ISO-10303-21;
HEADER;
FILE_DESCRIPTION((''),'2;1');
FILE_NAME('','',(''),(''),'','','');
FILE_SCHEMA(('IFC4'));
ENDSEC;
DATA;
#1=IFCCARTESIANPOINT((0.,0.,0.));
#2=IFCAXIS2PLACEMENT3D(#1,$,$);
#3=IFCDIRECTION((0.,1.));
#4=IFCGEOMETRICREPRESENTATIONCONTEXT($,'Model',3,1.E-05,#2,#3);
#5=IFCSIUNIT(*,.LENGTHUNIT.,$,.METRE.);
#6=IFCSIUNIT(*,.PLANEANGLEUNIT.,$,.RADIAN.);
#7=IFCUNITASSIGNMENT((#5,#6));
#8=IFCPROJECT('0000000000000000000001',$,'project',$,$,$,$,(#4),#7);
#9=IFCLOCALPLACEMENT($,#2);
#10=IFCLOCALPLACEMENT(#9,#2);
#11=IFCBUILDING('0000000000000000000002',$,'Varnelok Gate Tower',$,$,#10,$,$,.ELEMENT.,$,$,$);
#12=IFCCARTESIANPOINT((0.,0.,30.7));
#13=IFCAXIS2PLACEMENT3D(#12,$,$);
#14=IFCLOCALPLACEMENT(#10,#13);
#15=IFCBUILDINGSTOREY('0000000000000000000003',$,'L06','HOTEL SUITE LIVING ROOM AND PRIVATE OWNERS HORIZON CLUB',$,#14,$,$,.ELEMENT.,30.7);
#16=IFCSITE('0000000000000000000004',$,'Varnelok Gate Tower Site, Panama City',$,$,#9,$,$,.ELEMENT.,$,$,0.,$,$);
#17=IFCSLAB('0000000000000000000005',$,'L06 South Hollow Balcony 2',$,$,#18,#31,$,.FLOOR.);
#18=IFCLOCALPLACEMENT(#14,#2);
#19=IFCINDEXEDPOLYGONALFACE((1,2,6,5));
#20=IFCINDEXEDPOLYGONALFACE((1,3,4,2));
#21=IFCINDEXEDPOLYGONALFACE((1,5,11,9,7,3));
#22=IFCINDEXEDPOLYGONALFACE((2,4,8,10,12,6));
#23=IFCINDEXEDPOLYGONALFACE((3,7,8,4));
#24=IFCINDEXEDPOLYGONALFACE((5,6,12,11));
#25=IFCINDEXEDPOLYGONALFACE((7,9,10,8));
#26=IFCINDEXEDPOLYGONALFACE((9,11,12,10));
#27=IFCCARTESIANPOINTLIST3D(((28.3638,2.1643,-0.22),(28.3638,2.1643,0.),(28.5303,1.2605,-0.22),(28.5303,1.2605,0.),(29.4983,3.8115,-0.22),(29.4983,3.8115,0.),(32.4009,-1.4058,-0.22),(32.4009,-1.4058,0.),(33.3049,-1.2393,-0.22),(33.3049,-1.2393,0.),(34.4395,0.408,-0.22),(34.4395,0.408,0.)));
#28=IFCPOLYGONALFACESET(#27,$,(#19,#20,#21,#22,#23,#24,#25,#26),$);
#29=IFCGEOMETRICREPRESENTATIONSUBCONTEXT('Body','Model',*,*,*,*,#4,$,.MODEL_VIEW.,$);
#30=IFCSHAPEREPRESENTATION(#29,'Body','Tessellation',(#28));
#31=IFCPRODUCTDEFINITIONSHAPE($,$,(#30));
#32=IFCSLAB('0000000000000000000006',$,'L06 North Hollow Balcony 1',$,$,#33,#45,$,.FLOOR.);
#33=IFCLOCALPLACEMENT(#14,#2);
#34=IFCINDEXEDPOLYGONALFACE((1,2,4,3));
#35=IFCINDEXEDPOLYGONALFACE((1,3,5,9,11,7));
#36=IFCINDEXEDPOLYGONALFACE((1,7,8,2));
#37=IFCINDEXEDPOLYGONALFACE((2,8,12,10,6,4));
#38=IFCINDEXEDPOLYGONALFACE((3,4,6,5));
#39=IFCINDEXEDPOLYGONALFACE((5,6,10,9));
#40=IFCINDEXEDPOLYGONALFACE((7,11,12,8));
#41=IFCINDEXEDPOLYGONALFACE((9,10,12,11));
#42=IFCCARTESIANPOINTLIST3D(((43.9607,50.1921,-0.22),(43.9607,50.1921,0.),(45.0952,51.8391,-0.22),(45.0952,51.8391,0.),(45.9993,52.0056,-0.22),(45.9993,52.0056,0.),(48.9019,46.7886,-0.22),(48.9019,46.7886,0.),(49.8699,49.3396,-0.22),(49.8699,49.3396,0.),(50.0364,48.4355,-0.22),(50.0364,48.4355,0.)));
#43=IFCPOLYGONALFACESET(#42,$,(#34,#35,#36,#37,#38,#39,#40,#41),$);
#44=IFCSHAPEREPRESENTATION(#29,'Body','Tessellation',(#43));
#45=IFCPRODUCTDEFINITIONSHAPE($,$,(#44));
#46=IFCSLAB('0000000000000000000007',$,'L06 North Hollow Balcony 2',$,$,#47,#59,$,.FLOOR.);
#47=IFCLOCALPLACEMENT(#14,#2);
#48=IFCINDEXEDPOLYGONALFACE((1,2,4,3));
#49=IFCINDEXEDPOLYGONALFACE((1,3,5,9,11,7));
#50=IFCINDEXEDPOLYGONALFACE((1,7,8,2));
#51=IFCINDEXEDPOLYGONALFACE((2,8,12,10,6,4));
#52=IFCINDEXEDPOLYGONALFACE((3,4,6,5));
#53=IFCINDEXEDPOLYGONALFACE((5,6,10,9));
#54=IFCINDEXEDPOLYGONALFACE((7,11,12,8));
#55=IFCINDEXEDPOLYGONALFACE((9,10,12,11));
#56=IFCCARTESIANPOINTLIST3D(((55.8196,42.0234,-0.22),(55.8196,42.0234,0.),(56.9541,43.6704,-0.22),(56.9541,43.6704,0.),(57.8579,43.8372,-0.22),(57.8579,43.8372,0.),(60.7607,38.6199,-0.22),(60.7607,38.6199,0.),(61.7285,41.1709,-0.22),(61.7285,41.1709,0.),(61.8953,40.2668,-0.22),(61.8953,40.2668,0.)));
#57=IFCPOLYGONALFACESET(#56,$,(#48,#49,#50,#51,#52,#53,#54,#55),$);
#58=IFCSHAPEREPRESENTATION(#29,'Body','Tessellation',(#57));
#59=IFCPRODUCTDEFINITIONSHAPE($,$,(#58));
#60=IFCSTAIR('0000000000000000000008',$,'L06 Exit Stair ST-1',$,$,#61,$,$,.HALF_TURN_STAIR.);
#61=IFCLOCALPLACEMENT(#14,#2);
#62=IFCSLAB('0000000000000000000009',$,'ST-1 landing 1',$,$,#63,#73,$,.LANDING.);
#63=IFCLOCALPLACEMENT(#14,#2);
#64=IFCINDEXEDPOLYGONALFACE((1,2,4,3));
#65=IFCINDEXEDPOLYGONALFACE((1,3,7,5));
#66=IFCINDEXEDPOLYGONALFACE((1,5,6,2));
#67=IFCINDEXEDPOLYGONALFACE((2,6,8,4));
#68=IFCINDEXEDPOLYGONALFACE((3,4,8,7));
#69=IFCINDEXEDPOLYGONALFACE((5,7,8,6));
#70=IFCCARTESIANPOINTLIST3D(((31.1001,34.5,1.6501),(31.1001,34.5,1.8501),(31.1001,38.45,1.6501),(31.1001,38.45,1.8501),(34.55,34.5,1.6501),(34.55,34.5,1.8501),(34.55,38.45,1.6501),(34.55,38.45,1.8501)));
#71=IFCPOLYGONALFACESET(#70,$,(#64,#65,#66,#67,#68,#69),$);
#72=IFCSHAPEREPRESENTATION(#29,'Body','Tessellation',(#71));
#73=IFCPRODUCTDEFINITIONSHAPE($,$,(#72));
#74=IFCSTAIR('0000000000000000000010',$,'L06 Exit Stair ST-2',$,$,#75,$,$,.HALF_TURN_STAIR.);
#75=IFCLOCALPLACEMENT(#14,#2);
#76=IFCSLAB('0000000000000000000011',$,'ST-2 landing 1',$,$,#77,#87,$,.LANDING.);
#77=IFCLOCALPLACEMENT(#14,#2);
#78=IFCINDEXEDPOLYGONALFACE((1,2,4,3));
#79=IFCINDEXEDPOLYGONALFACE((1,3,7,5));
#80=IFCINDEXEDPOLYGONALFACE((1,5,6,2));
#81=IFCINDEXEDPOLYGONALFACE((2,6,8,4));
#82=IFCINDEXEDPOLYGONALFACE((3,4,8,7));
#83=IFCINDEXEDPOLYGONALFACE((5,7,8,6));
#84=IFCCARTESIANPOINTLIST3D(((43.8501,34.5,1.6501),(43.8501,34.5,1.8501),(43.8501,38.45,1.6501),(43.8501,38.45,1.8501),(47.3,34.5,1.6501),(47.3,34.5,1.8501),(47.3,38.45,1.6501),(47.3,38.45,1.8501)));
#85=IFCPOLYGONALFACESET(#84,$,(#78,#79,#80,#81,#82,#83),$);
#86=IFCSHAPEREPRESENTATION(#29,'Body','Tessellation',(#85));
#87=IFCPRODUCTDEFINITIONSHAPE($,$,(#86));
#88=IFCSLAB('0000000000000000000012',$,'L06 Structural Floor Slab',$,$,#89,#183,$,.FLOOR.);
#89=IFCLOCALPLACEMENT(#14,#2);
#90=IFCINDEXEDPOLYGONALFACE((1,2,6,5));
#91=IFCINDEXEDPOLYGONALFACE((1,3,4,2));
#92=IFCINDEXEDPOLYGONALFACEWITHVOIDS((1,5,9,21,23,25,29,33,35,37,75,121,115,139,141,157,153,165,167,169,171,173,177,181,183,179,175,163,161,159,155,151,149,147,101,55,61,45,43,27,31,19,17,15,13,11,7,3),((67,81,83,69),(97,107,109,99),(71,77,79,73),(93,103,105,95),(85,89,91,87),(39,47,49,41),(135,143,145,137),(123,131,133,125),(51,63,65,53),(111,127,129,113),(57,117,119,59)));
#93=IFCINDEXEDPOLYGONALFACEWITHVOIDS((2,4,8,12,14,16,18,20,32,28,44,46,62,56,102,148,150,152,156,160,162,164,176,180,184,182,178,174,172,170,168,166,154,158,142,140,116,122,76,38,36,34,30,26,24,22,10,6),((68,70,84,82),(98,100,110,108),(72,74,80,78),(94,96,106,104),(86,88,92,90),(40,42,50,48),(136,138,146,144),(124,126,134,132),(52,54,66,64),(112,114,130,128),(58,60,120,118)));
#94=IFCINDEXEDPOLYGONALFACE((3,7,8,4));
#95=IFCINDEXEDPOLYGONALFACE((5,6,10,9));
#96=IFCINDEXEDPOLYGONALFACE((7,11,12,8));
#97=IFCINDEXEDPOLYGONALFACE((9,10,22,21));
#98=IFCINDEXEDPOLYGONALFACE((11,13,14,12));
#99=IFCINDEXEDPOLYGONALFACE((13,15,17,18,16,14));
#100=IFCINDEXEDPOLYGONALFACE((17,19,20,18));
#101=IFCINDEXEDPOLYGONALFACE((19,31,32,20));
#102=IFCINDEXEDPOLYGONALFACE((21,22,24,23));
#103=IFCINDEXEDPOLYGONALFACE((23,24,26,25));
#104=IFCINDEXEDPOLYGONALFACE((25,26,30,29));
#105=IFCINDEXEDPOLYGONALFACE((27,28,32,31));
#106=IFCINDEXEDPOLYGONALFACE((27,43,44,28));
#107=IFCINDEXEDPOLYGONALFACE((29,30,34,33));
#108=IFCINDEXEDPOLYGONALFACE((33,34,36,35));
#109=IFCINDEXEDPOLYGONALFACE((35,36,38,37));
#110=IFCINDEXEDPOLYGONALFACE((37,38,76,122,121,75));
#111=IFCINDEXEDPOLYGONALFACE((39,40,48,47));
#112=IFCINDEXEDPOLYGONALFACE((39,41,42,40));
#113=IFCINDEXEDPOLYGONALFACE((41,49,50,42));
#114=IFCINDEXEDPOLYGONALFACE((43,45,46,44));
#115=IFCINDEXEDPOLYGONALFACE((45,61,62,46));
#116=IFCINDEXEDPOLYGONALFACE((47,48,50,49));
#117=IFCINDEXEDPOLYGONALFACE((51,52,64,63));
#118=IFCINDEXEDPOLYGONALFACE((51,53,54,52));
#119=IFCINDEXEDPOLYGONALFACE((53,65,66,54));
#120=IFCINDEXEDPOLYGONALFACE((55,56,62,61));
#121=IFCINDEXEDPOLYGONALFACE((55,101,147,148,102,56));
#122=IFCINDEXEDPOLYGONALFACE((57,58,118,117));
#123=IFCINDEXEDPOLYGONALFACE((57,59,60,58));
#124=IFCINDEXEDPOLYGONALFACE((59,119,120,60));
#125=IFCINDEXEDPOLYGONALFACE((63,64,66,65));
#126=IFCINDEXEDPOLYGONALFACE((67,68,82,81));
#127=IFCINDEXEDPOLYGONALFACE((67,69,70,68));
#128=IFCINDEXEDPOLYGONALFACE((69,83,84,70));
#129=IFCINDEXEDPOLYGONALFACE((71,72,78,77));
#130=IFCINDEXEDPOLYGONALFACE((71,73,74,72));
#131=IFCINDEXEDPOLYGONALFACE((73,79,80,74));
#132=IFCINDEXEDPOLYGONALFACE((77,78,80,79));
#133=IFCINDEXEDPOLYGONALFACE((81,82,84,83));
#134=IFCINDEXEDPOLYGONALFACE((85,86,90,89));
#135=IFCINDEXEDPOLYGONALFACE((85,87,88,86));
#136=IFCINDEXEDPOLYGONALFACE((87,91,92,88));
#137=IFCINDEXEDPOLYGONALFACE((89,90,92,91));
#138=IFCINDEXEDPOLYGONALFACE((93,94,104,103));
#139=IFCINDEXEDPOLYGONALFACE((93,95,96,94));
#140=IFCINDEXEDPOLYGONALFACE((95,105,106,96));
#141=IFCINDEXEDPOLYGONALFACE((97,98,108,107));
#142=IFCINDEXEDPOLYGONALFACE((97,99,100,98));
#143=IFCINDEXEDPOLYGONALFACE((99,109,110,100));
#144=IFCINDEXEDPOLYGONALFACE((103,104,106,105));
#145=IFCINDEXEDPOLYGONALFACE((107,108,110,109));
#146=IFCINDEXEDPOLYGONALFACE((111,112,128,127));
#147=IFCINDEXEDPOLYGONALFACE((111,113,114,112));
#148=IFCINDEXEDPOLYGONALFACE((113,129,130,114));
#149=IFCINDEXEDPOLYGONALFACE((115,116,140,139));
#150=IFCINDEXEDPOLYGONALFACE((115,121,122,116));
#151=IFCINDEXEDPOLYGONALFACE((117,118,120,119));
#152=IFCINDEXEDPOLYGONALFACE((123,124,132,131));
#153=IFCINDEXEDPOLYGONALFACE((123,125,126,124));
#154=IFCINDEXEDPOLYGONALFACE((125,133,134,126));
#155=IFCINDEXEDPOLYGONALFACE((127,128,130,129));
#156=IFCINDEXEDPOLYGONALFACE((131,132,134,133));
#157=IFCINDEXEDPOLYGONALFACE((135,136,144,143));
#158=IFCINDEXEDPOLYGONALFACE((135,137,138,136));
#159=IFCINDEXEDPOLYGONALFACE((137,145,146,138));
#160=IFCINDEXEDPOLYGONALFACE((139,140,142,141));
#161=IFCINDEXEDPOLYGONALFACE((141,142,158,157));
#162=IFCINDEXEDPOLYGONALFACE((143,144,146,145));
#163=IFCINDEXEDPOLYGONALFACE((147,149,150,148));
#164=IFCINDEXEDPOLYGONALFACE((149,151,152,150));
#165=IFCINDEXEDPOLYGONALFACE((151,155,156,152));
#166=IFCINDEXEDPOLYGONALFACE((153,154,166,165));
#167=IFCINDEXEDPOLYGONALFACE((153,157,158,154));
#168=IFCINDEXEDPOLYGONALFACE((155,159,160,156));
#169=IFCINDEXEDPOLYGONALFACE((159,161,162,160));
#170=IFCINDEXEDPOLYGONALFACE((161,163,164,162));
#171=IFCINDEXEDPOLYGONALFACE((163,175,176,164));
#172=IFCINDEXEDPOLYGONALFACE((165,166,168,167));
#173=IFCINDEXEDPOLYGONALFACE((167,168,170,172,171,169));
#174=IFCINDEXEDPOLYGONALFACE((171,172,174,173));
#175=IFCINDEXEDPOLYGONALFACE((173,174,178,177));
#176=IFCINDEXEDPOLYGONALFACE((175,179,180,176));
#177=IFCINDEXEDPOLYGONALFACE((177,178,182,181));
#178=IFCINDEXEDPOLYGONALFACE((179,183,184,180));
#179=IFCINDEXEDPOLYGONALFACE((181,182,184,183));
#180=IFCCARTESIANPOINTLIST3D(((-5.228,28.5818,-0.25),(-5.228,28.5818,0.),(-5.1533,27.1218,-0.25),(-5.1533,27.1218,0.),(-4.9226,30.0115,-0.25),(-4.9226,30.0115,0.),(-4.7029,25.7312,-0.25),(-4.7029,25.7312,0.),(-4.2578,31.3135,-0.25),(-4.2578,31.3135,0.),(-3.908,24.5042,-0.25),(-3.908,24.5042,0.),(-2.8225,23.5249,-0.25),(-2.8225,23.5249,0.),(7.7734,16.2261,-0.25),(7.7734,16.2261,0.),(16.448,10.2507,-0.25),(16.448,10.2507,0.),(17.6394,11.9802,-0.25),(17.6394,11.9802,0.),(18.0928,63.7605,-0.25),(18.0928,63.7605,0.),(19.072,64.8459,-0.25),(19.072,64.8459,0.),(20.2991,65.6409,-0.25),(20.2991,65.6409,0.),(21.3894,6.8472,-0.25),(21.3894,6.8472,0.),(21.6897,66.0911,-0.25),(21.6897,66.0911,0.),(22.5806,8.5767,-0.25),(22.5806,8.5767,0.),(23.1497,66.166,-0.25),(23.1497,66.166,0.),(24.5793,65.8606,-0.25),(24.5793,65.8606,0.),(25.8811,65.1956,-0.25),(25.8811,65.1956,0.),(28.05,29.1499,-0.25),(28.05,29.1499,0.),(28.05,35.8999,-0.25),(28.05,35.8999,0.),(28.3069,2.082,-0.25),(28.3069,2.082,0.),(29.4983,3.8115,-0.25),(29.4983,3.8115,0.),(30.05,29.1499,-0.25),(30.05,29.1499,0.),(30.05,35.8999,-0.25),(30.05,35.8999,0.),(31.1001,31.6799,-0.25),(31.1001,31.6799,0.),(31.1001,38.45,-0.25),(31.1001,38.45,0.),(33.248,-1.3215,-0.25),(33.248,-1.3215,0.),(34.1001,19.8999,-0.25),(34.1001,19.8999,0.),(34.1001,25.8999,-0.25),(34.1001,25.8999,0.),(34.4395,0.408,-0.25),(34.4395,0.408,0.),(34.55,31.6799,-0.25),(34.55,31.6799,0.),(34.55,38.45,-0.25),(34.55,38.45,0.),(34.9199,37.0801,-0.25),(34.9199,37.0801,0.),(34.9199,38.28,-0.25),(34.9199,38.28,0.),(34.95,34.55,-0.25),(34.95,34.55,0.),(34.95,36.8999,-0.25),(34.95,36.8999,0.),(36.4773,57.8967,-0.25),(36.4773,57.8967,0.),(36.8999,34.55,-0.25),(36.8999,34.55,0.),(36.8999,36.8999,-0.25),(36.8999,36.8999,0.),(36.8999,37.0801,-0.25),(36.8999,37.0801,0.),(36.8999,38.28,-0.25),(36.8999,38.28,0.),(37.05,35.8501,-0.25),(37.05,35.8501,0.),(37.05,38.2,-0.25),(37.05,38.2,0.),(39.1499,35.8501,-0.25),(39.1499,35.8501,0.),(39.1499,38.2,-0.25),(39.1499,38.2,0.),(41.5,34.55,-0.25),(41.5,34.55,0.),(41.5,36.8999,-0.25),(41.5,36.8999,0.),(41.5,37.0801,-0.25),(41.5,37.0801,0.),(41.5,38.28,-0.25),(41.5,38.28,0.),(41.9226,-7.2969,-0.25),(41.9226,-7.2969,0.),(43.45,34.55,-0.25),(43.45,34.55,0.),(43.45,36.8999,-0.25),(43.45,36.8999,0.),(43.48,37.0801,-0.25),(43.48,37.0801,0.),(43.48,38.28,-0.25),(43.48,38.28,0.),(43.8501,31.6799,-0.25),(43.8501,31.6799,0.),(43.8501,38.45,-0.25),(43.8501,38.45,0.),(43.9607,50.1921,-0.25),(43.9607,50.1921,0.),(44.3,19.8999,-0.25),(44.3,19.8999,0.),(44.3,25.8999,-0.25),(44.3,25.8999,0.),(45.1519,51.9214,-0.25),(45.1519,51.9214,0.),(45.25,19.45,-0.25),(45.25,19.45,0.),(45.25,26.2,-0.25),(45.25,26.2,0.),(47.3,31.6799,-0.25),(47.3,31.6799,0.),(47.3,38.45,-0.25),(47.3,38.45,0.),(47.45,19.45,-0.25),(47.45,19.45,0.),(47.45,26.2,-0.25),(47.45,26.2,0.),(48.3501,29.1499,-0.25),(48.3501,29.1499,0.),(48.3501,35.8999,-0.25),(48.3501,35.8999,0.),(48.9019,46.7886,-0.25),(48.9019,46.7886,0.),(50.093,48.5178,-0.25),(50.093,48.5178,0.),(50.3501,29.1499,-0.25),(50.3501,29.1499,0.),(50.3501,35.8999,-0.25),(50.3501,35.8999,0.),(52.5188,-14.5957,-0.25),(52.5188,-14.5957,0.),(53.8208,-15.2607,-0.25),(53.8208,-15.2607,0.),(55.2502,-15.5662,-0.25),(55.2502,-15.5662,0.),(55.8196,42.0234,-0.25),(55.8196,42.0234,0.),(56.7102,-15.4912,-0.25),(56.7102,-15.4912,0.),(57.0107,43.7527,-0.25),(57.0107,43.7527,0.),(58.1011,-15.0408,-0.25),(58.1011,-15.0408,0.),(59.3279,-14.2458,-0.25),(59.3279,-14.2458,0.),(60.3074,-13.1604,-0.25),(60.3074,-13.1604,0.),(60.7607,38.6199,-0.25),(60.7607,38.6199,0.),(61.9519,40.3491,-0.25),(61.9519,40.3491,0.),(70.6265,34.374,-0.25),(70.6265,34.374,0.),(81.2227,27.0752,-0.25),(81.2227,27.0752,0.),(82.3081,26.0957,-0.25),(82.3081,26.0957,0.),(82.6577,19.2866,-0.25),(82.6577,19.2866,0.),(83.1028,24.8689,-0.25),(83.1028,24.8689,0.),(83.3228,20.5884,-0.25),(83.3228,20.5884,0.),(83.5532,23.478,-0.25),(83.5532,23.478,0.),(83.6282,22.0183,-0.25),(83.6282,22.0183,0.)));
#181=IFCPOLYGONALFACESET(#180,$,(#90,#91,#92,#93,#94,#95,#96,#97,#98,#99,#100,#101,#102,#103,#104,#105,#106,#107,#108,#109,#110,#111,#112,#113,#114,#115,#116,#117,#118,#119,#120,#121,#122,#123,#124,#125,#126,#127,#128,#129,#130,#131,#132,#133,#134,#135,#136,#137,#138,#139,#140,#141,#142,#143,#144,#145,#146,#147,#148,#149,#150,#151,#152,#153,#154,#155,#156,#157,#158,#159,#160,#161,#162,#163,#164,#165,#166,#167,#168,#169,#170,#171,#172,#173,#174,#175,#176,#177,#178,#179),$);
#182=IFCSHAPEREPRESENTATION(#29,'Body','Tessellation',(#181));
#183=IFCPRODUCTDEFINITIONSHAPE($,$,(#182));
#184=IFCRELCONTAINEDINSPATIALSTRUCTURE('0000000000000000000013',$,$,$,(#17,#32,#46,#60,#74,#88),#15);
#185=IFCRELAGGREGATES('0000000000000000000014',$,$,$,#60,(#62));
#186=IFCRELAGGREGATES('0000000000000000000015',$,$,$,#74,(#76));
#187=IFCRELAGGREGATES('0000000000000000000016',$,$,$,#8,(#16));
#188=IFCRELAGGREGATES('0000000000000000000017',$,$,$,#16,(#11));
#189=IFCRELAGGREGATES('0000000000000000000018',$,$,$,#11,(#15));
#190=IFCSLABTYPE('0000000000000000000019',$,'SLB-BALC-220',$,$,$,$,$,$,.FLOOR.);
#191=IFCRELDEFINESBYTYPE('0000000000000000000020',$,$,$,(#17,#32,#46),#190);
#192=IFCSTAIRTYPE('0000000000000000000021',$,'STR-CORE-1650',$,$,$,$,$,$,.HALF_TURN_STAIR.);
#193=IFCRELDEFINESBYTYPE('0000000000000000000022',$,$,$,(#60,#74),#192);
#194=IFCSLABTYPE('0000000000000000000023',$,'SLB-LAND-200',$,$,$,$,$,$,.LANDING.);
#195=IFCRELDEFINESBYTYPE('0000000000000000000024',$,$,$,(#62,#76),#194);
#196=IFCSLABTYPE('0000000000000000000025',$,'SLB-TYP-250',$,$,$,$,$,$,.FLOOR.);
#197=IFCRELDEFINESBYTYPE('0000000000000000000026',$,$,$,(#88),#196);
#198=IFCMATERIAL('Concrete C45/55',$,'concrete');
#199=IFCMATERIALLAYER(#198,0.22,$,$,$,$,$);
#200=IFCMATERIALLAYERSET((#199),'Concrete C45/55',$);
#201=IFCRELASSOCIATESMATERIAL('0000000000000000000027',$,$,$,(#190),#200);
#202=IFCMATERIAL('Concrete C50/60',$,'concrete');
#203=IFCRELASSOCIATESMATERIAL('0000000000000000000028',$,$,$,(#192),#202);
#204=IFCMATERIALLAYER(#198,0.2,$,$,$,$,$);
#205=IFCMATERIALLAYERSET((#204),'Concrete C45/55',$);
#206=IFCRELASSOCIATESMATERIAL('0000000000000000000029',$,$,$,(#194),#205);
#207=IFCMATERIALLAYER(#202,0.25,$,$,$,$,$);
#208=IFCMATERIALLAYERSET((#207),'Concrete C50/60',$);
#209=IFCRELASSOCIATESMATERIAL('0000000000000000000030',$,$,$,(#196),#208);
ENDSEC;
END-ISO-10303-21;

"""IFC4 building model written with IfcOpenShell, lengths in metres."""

from ifc_helpers import new_model, si_unit, direction, frame, origin, place, context, subcontext, project, spatial, polyline, outline, extrude, material, layer, layer_set, type_object, element, aggregate, save


model = new_model("IFC4")

# Units and contexts
model_context = context("Model", 3, precision=1e-05, world=origin(), true_north=direction((0.0, 1.0)))
body_context = subcontext(model_context, "Body", "Model", "MODEL_VIEW")
ifc_project = project(units=[si_unit("LENGTHUNIT", "METRE"), si_unit("PLANEANGLEUNIT", "RADIAN")], contexts=[model_context])

# Site, building, storey
site_placement = place(None, origin())
site = spatial("IfcSite", under=ifc_project, at=site_placement, Name="Varnelok Gate Tower Site, Panama City", CompositionType="ELEMENT", RefElevation=0.0)
building_placement = place(site_placement, origin())
building = spatial("IfcBuilding", under=site, at=building_placement, Name="Varnelok Gate Tower", CompositionType="ELEMENT")
storey_placement = place(building_placement, frame((0.0, 0.0, 30.7)))
storey = spatial("IfcBuildingStorey", under=building, at=storey_placement, Name="L06", Description="HOTEL SUITE LIVING ROOM AND PRIVATE OWNERS HORIZON CLUB", CompositionType="ELEMENT", Elevation=30.7)

# Slabs
ifc_material_1 = material(Name="Concrete C45/55", Category="concrete")
ifc_layer_1 = layer(ifc_material_1, 0.22)
ifc_layer_set_1 = layer_set([ifc_layer_1], Name="Concrete C45/55")
slab_type_1 = type_object("IfcSlabType", Name="SLB-BALC-220", PredefinedType="FLOOR", material=ifc_layer_set_1)
slab_1_placement = place(storey_placement, frame((0.0, 0.0, -0.22)))
element("IfcSlab", 1, at=slab_1_placement, inside=storey, type_object=slab_type_1, Name="L06 South Hollow Balcony 2", PredefinedType="FLOOR", context=body_context, shape_type="SweptSolid", body=[
    extrude(outline(polyline([(28.3638, 2.1643), (28.5303, 1.2605), (32.4009, -1.4058), (33.3049, -1.2393), (34.4395, 0.408), (29.4983, 3.8115), (28.3638, 2.1643)])), origin(), (0.0, 0.0, 1.0), 0.22),
])
slab_2_placement = place(storey_placement, frame((0.0, 0.0, -0.22)))
element("IfcSlab", 2, at=slab_2_placement, inside=storey, type_object=slab_type_1, Name="L06 North Hollow Balcony 1", PredefinedType="FLOOR", context=body_context, shape_type="SweptSolid", body=[
    extrude(outline(polyline([(43.9607, 50.1921), (48.9019, 46.7886), (50.0364, 48.4355), (49.8699, 49.3396), (45.9993, 52.0056), (45.0952, 51.8391), (43.9607, 50.1921)])), origin(), (0.0, 0.0, 1.0), 0.22),
])
slab_3_placement = place(storey_placement, frame((0.0, 0.0, -0.22)))
element("IfcSlab", 3, at=slab_3_placement, inside=storey, type_object=slab_type_1, Name="L06 North Hollow Balcony 2", PredefinedType="FLOOR", context=body_context, shape_type="SweptSolid", body=[
    extrude(outline(polyline([(55.8196, 42.0234), (60.7607, 38.6199), (61.8953, 40.2668), (61.7285, 41.1709), (57.8579, 43.8372), (56.9541, 43.6704), (55.8196, 42.0234)])), origin(), (0.0, 0.0, 1.0), 0.22),
])

# Stairs, slabs
ifc_material_2 = material(Name="Concrete C50/60", Category="concrete")
stair_type = type_object("IfcStairType", Name="STR-CORE-1650", PredefinedType="HALF_TURN_STAIR", material=ifc_material_2)
stair_1_placement = place(storey_placement, origin())
stair_1 = element("IfcStair", 4, at=stair_1_placement, inside=storey, type_object=stair_type, Name="L06 Exit Stair ST-1", PredefinedType="HALF_TURN_STAIR")
ifc_layer_2 = layer(ifc_material_1, 0.2)
ifc_layer_set_2 = layer_set([ifc_layer_2], Name="Concrete C45/55")
slab_type_2 = type_object("IfcSlabType", Name="SLB-LAND-200", PredefinedType="LANDING", material=ifc_layer_set_2)
slab_4_placement = place(storey_placement, frame((0.0, 0.0, 1.6501)))
slab_4 = element("IfcSlab", 5, at=slab_4_placement, type_object=slab_type_2, Name="ST-1 landing 1", PredefinedType="LANDING", context=body_context, shape_type="SweptSolid", body=[
    extrude(outline(polyline([(34.55, 34.5), (34.55, 38.45), (31.1001, 38.45), (31.1001, 34.5), (34.55, 34.5)])), origin(), (0.0, 0.0, 1.0), 0.2),
])
aggregate(stair_1, [slab_4])
stair_2_placement = place(storey_placement, origin())
stair_2 = element("IfcStair", 6, at=stair_2_placement, inside=storey, type_object=stair_type, Name="L06 Exit Stair ST-2", PredefinedType="HALF_TURN_STAIR")
slab_5_placement = place(storey_placement, frame((0.0, 0.0, 1.6501)))
slab_5 = element("IfcSlab", 7, at=slab_5_placement, type_object=slab_type_2, Name="ST-2 landing 1", PredefinedType="LANDING", context=body_context, shape_type="SweptSolid", body=[
    extrude(outline(polyline([(47.3, 34.5), (47.3, 38.45), (43.8501, 38.45), (43.8501, 34.5), (47.3, 34.5)])), origin(), (0.0, 0.0, 1.0), 0.2),
])
aggregate(stair_2, [slab_5])

# Slab
ifc_layer_3 = layer(ifc_material_2, 0.25)
ifc_layer_set_3 = layer_set([ifc_layer_3], Name="Concrete C50/60")
slab_type_3 = type_object("IfcSlabType", Name="SLB-TYP-250", PredefinedType="FLOOR", material=ifc_layer_set_3)
slab_6_placement = place(storey_placement, frame((0.0, 0.0, -0.25)))
element("IfcSlab", 8, at=slab_6_placement, inside=storey, type_object=slab_type_3, Name="L06 Structural Floor Slab", PredefinedType="FLOOR", context=body_context, shape_type="SweptSolid", body=[
    extrude(outline(polyline([(-4.2578, 31.3135), (-4.9226, 30.0115), (-5.228, 28.5818), (-5.1533, 27.1218), (-4.7029, 25.7312), (-3.908, 24.5042), (-2.8225, 23.5249), (7.7734, 16.2261), (16.448, 10.2507), (17.6394, 11.9802), (22.5806, 8.5767), (21.3894, 6.8472), (28.3069, 2.082), (29.4983, 3.8115), (34.4395, 0.408), (33.248, -1.3215), (41.9226, -7.2969), (52.5188, -14.5957), (53.8208, -15.2607), (55.2502, -15.5662), (56.7102, -15.4912), (58.1011, -15.0408), (59.3279, -14.2458), (60.3074, -13.1604), (82.6577, 19.2866), (83.3228, 20.5884), (83.6282, 22.0183), (83.5532, 23.478), (83.1028, 24.8689), (82.3081, 26.0957), (81.2227, 27.0752), (70.6265, 34.374), (61.9519, 40.3491), (60.7607, 38.6199), (55.8196, 42.0234), (57.0107, 43.7527), (50.093, 48.5178), (48.9019, 46.7886), (43.9607, 50.1921), (45.1519, 51.9214), (36.4773, 57.8967), (25.8811, 65.1956), (24.5793, 65.8606), (23.1497, 66.166), (21.6897, 66.0911), (20.2991, 65.6409), (19.072, 64.8459), (18.0928, 63.7605), (-4.2578, 31.3135)]), holes=[polyline([(34.55, 31.6799), (34.55, 38.45), (31.1001, 38.45), (31.1001, 31.6799), (34.55, 31.6799)]), polyline([(47.3, 31.6799), (47.3, 38.45), (43.8501, 38.45), (43.8501, 31.6799), (47.3, 31.6799)]), polyline([(34.95, 34.55), (36.8999, 34.55), (36.8999, 36.8999), (34.95, 36.8999), (34.95, 34.55)]), polyline([(41.5, 34.55), (43.45, 34.55), (43.45, 36.8999), (41.5, 36.8999), (41.5, 34.55)]), polyline([(37.05, 35.8501), (39.1499, 35.8501), (39.1499, 38.2), (37.05, 38.2), (37.05, 35.8501)]), polyline([(28.05, 29.1499), (30.05, 29.1499), (30.05, 35.8999), (28.05, 35.8999), (28.05, 29.1499)]), polyline([(48.3501, 29.1499), (50.3501, 29.1499), (50.3501, 35.8999), (48.3501, 35.8999), (48.3501, 29.1499)]), polyline([(45.25, 19.45), (47.45, 19.45), (47.45, 26.2), (45.25, 26.2), (45.25, 19.45)]), polyline([(34.9199, 37.0801), (36.8999, 37.0801), (36.8999, 38.28), (34.9199, 38.28), (34.9199, 37.0801)]), polyline([(41.5, 37.0801), (43.48, 37.0801), (43.48, 38.28), (41.5, 38.28), (41.5, 37.0801)]), polyline([(34.1001, 19.8999), (44.3, 19.8999), (44.3, 25.8999), (34.1001, 25.8999), (34.1001, 19.8999)])]), origin(), (0.0, 0.0, 1.0), 0.25),
])

save(model, "model.ifc")
